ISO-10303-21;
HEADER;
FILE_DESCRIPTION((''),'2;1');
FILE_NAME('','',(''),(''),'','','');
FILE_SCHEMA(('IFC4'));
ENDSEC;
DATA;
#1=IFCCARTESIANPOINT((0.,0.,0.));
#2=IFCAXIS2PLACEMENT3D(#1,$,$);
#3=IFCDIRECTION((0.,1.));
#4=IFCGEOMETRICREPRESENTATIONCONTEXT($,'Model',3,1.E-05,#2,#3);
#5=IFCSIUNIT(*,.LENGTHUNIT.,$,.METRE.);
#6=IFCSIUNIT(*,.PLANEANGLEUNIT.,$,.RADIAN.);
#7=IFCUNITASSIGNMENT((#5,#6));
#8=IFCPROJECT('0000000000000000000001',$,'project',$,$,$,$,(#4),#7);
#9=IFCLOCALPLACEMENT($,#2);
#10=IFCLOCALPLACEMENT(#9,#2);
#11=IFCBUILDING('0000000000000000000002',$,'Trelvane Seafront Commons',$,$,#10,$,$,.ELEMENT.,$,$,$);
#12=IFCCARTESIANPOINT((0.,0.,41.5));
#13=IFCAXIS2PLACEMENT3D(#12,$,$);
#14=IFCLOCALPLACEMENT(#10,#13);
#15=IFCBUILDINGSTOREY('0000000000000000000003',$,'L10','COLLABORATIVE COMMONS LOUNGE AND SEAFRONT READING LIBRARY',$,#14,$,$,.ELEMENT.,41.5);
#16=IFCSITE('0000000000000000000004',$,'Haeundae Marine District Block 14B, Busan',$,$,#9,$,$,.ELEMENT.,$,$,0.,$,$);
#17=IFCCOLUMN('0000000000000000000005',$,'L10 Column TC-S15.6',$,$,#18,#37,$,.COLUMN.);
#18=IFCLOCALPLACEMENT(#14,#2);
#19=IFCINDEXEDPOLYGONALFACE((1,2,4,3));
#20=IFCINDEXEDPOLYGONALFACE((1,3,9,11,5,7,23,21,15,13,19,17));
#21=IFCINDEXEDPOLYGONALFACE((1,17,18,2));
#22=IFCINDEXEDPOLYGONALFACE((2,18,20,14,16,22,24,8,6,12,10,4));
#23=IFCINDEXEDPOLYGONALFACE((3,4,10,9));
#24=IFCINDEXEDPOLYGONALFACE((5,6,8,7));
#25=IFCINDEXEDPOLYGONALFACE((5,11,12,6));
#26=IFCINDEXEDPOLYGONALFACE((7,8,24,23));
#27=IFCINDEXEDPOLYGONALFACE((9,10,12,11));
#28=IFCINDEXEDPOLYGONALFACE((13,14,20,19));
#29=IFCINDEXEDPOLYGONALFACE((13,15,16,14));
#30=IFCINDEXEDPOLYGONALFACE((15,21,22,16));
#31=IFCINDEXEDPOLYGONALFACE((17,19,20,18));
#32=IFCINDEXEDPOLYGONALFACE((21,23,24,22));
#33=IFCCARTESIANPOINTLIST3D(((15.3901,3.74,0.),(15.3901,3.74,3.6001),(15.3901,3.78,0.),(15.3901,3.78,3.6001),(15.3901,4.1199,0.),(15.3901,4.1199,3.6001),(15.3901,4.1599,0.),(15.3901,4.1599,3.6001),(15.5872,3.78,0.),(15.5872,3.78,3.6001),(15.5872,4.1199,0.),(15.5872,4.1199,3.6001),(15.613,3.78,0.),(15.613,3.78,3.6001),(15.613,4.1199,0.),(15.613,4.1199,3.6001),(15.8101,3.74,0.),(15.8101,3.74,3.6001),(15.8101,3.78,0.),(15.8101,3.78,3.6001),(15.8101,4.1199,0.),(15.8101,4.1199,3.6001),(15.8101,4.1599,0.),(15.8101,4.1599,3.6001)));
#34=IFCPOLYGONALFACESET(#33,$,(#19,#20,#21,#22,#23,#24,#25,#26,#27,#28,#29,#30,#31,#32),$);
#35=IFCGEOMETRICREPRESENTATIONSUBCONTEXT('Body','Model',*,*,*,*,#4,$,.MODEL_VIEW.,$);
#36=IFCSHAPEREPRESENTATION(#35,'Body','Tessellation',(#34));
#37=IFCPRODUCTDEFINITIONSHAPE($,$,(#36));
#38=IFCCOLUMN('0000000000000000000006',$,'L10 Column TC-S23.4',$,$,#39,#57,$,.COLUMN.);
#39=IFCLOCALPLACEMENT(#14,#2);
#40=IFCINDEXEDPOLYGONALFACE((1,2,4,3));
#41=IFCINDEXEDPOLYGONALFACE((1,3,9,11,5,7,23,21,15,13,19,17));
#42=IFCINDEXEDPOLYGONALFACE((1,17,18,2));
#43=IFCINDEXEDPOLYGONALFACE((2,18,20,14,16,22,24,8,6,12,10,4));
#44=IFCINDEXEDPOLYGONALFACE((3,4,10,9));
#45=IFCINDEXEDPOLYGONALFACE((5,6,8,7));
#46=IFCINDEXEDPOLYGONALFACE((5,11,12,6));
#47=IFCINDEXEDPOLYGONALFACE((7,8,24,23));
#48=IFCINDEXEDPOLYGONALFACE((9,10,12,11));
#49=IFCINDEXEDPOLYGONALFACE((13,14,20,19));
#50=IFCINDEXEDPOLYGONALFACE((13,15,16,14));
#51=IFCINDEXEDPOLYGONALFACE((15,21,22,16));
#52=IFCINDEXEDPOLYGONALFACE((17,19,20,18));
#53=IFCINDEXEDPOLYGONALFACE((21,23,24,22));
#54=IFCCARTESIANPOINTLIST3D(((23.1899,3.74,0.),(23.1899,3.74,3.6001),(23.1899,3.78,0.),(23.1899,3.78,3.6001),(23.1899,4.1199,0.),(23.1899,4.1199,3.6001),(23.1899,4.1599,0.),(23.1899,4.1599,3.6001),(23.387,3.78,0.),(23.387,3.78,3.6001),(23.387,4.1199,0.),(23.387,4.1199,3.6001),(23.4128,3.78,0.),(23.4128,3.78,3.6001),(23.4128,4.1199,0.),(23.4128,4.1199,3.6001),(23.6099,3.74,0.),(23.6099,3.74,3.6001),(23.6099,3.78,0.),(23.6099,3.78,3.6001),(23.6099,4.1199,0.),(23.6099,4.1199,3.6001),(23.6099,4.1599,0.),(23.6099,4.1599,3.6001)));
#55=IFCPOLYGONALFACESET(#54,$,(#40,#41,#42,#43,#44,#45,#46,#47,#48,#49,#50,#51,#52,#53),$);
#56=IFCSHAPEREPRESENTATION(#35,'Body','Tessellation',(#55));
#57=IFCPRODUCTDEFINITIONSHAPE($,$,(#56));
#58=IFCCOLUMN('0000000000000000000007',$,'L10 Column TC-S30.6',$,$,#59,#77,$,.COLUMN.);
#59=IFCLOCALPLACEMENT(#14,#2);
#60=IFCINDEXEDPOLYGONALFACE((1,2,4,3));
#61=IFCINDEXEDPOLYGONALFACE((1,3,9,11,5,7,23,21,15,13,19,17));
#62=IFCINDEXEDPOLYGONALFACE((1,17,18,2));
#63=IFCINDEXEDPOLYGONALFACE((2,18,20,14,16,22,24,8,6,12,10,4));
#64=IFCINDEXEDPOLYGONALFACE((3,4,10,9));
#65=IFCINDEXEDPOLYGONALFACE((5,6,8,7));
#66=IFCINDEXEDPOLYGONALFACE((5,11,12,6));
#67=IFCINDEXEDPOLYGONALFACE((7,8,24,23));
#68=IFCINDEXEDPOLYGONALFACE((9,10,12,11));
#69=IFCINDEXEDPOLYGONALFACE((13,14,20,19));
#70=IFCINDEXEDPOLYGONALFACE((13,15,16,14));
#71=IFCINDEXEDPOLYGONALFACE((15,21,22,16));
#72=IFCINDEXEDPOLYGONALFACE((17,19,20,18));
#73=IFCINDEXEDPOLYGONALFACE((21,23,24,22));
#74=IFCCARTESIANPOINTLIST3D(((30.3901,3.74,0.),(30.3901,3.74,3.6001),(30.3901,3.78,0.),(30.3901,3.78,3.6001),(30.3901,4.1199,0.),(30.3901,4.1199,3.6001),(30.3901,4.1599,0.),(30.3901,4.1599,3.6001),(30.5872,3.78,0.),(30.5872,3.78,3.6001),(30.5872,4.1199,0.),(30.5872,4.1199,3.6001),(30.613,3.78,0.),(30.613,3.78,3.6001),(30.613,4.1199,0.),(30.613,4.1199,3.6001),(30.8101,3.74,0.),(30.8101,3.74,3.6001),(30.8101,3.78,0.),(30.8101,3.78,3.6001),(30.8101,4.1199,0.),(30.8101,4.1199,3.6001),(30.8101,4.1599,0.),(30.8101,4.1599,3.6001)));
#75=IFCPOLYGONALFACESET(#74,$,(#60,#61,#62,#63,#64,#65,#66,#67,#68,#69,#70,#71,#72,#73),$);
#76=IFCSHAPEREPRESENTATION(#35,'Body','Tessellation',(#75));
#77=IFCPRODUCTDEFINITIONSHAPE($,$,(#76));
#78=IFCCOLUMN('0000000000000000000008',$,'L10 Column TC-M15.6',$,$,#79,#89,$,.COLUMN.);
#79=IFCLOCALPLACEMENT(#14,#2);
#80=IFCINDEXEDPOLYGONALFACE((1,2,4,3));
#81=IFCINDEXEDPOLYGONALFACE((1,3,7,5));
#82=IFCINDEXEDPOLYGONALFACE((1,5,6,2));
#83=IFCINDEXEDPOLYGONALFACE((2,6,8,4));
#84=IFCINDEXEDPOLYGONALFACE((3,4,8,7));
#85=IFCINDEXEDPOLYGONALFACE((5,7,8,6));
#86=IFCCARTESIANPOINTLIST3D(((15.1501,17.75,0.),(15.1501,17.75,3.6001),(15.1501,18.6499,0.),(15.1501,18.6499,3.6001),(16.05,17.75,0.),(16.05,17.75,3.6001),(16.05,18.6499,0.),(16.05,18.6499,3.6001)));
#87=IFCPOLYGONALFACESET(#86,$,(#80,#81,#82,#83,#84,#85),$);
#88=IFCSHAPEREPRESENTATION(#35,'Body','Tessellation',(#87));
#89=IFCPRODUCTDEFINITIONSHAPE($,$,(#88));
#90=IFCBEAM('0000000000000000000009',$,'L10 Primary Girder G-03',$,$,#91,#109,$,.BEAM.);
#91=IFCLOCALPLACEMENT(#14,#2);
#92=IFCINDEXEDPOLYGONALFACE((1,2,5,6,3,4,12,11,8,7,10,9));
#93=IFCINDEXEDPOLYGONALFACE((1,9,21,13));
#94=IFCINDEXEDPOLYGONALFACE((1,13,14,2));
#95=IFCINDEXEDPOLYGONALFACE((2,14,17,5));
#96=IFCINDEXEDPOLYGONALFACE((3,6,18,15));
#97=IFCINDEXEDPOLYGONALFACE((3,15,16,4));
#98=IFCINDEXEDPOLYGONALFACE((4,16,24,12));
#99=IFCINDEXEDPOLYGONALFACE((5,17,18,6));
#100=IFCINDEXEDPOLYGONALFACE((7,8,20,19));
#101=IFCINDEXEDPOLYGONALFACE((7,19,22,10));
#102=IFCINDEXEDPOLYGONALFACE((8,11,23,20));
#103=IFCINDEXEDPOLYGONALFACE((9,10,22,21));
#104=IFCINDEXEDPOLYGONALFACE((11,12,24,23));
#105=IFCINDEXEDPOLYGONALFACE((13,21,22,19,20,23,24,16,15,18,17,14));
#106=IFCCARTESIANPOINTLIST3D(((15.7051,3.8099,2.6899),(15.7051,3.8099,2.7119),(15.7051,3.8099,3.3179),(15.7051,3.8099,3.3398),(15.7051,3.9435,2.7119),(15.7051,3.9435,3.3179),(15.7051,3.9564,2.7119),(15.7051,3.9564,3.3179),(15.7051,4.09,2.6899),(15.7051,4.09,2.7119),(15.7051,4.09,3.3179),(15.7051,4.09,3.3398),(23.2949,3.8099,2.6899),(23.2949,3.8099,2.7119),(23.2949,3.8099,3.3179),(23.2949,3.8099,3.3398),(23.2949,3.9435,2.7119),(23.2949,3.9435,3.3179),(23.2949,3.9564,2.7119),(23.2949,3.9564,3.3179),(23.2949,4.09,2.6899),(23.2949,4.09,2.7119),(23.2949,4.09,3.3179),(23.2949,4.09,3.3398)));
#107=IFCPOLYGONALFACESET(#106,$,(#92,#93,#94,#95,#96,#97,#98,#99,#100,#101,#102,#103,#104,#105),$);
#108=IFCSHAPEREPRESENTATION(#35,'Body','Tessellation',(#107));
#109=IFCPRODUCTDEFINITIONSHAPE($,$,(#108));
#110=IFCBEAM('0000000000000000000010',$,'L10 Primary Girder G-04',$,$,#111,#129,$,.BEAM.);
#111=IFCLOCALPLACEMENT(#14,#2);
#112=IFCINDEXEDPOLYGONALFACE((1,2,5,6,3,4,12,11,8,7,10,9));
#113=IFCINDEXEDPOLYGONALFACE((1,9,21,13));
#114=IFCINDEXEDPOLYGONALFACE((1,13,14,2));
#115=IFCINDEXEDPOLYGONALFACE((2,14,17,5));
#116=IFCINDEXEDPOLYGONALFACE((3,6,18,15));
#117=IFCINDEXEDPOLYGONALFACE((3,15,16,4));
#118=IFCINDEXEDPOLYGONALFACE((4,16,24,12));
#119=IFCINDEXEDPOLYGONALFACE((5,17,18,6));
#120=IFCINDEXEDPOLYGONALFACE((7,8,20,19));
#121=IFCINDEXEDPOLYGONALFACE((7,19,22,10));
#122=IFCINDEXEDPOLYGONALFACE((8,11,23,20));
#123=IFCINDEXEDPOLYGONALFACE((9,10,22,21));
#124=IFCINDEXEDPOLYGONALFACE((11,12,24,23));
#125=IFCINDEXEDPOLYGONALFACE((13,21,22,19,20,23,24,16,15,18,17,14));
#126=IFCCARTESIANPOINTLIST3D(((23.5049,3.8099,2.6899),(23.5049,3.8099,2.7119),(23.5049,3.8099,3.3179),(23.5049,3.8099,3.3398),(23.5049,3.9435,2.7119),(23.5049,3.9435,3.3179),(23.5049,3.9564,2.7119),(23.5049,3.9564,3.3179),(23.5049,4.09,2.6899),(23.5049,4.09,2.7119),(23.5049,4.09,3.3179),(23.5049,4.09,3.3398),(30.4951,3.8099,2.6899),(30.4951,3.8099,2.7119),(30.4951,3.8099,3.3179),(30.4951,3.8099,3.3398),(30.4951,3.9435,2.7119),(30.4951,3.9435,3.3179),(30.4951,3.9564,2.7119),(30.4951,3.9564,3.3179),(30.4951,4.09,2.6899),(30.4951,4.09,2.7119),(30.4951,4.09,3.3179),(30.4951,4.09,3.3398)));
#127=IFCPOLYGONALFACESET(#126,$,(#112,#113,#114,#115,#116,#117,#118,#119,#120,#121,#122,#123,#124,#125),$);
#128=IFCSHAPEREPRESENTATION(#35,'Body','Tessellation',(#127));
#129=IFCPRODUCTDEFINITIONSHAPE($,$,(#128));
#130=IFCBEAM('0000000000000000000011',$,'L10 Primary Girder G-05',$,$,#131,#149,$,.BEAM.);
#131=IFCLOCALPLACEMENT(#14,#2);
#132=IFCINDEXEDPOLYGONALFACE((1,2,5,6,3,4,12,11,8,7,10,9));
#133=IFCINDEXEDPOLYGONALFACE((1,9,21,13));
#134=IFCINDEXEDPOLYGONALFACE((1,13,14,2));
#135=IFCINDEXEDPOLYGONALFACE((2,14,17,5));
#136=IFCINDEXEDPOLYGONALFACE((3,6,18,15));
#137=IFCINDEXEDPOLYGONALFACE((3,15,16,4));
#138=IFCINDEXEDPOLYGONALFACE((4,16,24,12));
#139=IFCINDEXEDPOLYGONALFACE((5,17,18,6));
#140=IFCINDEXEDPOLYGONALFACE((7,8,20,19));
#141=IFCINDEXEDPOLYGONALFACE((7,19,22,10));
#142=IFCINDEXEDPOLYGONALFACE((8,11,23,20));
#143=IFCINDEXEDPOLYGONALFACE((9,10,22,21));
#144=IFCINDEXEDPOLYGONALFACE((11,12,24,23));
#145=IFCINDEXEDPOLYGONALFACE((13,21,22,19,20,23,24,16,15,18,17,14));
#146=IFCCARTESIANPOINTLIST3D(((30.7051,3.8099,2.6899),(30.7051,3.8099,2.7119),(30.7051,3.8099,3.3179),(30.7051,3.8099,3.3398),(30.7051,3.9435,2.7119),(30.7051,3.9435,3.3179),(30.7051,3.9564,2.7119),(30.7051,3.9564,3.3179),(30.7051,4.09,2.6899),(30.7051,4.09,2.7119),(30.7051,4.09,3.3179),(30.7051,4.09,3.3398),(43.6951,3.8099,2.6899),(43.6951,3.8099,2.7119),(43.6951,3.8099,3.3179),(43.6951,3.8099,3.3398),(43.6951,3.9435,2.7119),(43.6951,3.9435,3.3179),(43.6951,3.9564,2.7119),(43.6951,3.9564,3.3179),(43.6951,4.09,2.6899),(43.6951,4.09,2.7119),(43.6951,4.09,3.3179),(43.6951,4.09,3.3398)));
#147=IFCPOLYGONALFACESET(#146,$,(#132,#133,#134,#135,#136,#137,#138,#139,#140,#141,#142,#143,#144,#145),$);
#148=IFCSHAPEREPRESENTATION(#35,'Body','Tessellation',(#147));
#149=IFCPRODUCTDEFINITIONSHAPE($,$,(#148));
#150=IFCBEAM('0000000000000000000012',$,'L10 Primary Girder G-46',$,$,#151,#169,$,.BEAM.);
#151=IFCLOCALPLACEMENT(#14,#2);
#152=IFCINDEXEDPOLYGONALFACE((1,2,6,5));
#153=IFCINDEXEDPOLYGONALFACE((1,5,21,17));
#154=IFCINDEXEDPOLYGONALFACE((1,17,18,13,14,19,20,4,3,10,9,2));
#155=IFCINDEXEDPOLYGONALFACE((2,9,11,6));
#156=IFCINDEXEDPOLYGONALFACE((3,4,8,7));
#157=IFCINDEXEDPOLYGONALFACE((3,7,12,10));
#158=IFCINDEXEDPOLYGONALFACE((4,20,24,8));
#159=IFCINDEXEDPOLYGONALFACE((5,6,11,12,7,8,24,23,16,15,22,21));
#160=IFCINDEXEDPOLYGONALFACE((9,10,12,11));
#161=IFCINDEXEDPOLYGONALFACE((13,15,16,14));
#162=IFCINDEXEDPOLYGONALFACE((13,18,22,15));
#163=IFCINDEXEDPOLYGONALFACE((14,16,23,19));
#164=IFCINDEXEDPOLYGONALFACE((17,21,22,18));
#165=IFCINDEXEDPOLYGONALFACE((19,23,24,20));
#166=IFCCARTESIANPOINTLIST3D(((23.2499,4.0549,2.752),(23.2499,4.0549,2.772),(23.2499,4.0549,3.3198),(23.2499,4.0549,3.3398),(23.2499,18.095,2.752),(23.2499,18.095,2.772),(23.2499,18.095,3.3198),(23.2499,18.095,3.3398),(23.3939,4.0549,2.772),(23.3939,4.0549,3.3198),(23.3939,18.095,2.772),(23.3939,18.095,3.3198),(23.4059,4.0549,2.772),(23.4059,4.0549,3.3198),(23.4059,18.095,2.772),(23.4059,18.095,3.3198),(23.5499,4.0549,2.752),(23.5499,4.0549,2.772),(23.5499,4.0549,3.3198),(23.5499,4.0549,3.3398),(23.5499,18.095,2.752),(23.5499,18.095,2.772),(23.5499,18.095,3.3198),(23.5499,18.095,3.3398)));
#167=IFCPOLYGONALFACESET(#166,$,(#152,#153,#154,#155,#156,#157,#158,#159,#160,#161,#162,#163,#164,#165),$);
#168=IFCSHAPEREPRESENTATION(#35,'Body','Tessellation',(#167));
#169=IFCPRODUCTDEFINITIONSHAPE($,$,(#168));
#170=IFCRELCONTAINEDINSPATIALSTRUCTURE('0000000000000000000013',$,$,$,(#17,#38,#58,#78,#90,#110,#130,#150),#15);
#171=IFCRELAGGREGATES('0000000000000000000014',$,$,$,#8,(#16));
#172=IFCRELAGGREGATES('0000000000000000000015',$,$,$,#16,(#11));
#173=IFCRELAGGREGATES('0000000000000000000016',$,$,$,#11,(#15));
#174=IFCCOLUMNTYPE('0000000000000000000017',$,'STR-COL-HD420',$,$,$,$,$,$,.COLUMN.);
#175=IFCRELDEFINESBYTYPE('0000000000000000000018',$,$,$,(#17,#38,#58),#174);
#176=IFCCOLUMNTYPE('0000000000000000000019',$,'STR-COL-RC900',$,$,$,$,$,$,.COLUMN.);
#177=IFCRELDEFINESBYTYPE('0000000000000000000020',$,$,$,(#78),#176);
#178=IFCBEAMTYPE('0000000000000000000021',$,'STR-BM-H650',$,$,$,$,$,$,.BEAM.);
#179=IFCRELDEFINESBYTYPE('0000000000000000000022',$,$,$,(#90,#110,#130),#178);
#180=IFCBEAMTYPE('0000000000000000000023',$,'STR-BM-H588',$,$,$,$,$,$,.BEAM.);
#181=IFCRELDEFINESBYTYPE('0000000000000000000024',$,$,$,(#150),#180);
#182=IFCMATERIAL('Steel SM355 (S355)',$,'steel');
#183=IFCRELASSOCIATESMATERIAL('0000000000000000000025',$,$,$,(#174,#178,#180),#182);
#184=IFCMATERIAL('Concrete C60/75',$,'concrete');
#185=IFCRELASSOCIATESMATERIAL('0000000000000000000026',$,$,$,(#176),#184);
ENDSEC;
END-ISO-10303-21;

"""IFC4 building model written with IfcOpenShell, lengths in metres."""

from ifc_helpers import new_model, si_unit, direction, frame, origin, origin_2d, place, context, subcontext, project, spatial, rectangle, i_section, extrude, source, transform, mapped, material, material_profile, profile_set, type_object, element, save


model = new_model("IFC4")

# Units and contexts
model_context = context("Model", 3, precision=1e-05, world=origin(), true_north=direction((0.0, 1.0)))
body_context = subcontext(model_context, "Body", "Model", "MODEL_VIEW")
ifc_project = project(units=[si_unit("LENGTHUNIT", "METRE"), si_unit("PLANEANGLEUNIT", "RADIAN")], contexts=[model_context])

# Site, building, storey
site_placement = place(None, origin())
site = spatial("IfcSite", under=ifc_project, at=site_placement, Name="Haeundae Marine District Block 14B, Busan", CompositionType="ELEMENT", RefElevation=0.0)
building_placement = place(site_placement, origin())
building = spatial("IfcBuilding", under=site, at=building_placement, Name="Trelvane Seafront Commons", CompositionType="ELEMENT")
storey_placement = place(building_placement, frame((0.0, 0.0, 41.5)))
storey = spatial("IfcBuildingStorey", under=building, at=storey_placement, Name="L10", Description="COLLABORATIVE COMMONS LOUNGE AND SEAFRONT READING LIBRARY", CompositionType="ELEMENT", Elevation=41.5)

# Columns
ifc_material_1 = material(Name="Steel SM355 (S355)", Category="steel")
ifc_material_profile_1 = material_profile(ifc_material_1, i_section(OverallWidth=0.4199, OverallDepth=0.4199, WebThickness=0.0259, FlangeThickness=0.04, at=origin_2d()), Name="HD-420x420x26x40")
ifc_profile_set_1 = profile_set([ifc_material_profile_1], Name="Steel SM355 (S355)")
column_type_1 = type_object("IfcColumnType", Name="STR-COL-HD420", PredefinedType="COLUMN", material=ifc_profile_set_1)
shared_shape_1 = source(origin(), body_context, "Body", "SweptSolid", [
    extrude(i_section(OverallWidth=0.4199, OverallDepth=0.4199, WebThickness=0.0259, FlangeThickness=0.04, at=origin_2d()), origin(), (0.0, 0.0, 1.0), 3.6001),
])
for number, where, z_axis, x_axis, name in (
    (1, (15.6001, 3.95, 0.0), (0.0, 0.0, 1.0), (1.0, 0.0, 0.0), "L10 Column TC-S15.6"),
    (2, (23.3999, 3.95, 0.0), (0.0, 0.0, 1.0), (1.0, 0.0, 0.0), "L10 Column TC-S23.4"),
    (3, (30.6001, 3.95, 0.0), (0.0, 0.0, 1.0), (1.0, 0.0, 0.0), "L10 Column TC-S30.6"),
):
    element("IfcColumn", number, at=place(storey_placement, frame(where, z_axis=z_axis, x_axis=x_axis)), inside=storey, type_object=column_type_1, Name=name, PredefinedType="COLUMN", context=body_context, shape_type="MappedRepresentation", body=[
        mapped(shared_shape_1, transform((0.0, 0.0, 0.0), x_axis=(1.0, 0.0, 0.0), y_axis=(0.0, 1.0, 0.0), z_axis=(0.0, 0.0, 1.0), scale=1.0)),
    ])
ifc_material_2 = material(Name="Concrete C60/75", Category="concrete")
ifc_material_profile_2 = material_profile(ifc_material_2, rectangle(XDim=0.8999, YDim=0.8999, at=origin_2d()), Name="RC-900x900")
ifc_profile_set_2 = profile_set([ifc_material_profile_2], Name="Concrete C60/75")
column_type_2 = type_object("IfcColumnType", Name="STR-COL-RC900", PredefinedType="COLUMN", material=ifc_profile_set_2)
shared_shape_2 = source(origin(), body_context, "Body", "SweptSolid", [
    extrude(rectangle(XDim=0.8999, YDim=0.8999, at=origin_2d()), origin(), (0.0, 0.0, 1.0), 3.6001),
])
column_placement = place(storey_placement, frame((15.6001, 18.2, 0.0), z_axis=(0.0, 0.0, 1.0), x_axis=(1.0, 0.0, 0.0)))
element("IfcColumn", 4, at=column_placement, inside=storey, type_object=column_type_2, Name="L10 Column TC-M15.6", PredefinedType="COLUMN", context=body_context, shape_type="MappedRepresentation", body=[
    mapped(shared_shape_2, transform((0.0, 0.0, 0.0), x_axis=(1.0, 0.0, 0.0), y_axis=(0.0, 1.0, 0.0), z_axis=(0.0, 0.0, 1.0), scale=1.0)),
])

# Beams
ifc_material_profile_3 = material_profile(ifc_material_1, i_section(OverallWidth=0.28, OverallDepth=0.6499, WebThickness=0.0129, FlangeThickness=0.022, at=origin_2d()), Name="H-650x280x13x22")
ifc_profile_set_3 = profile_set([ifc_material_profile_3], Name="Steel SM355 (S355)")
beam_type_1 = type_object("IfcBeamType", Name="STR-BM-H650", PredefinedType="BEAM", material=ifc_profile_set_3)
shared_shape_3 = source(origin(), body_context, "Body", "SweptSolid", [
    extrude(i_section(OverallWidth=0.28, OverallDepth=0.6499, WebThickness=0.0129, FlangeThickness=0.022, at=origin_2d()), origin(), (0.0, 0.0, 1.0), 7.5898),
])
beam_1_placement = place(storey_placement, frame((15.7051, 3.95, 3.0149), z_axis=(1.0, 0.0, 0.0), x_axis=(0.0, 1.0, 0.0)))
element("IfcBeam", 5, at=beam_1_placement, inside=storey, type_object=beam_type_1, Name="L10 Primary Girder G-03", PredefinedType="BEAM", context=body_context, shape_type="MappedRepresentation", body=[
    mapped(shared_shape_3, transform((0.0, 0.0, 0.0), x_axis=(1.0, 0.0, 0.0), y_axis=(0.0, 1.0, 0.0), z_axis=(0.0, 0.0, 1.0), scale=1.0)),
])
shared_shape_4 = source(origin(), body_context, "Body", "SweptSolid", [
    extrude(i_section(OverallWidth=0.28, OverallDepth=0.6499, WebThickness=0.0129, FlangeThickness=0.022, at=origin_2d()), origin(), (0.0, 0.0, 1.0), 6.9902),
])
beam_2_placement = place(storey_placement, frame((23.5049, 3.95, 3.0149), z_axis=(1.0, 0.0, 0.0), x_axis=(0.0, 1.0, 0.0)))
element("IfcBeam", 6, at=beam_2_placement, inside=storey, type_object=beam_type_1, Name="L10 Primary Girder G-04", PredefinedType="BEAM", context=body_context, shape_type="MappedRepresentation", body=[
    mapped(shared_shape_4, transform((0.0, 0.0, 0.0), x_axis=(1.0, 0.0, 0.0), y_axis=(0.0, 1.0, 0.0), z_axis=(0.0, 0.0, 1.0), scale=1.0)),
])
shared_shape_5 = source(origin(), body_context, "Body", "SweptSolid", [
    extrude(i_section(OverallWidth=0.28, OverallDepth=0.6499, WebThickness=0.0129, FlangeThickness=0.022, at=origin_2d()), origin(), (0.0, 0.0, 1.0), 12.99),
])
beam_3_placement = place(storey_placement, frame((30.7051, 3.95, 3.0149), z_axis=(1.0, 0.0, 0.0), x_axis=(0.0, 1.0, 0.0)))
element("IfcBeam", 7, at=beam_3_placement, inside=storey, type_object=beam_type_1, Name="L10 Primary Girder G-05", PredefinedType="BEAM", context=body_context, shape_type="MappedRepresentation", body=[
    mapped(shared_shape_5, transform((0.0, 0.0, 0.0), x_axis=(1.0, 0.0, 0.0), y_axis=(0.0, 1.0, 0.0), z_axis=(0.0, 0.0, 1.0), scale=1.0)),
])
ifc_material_profile_4 = material_profile(ifc_material_1, i_section(OverallWidth=0.3, OverallDepth=0.5879, WebThickness=0.012, FlangeThickness=0.02, at=origin_2d()), Name="H-588x300x12x20")
ifc_profile_set_4 = profile_set([ifc_material_profile_4], Name="Steel SM355 (S355)")
beam_type_2 = type_object("IfcBeamType", Name="STR-BM-H588", PredefinedType="BEAM", material=ifc_profile_set_4)
shared_shape_6 = source(origin(), body_context, "Body", "SweptSolid", [
    extrude(i_section(OverallWidth=0.3, OverallDepth=0.5879, WebThickness=0.012, FlangeThickness=0.02, at=origin_2d()), origin(), (0.0, 0.0, 1.0), 14.04),
])
beam_4_placement = place(storey_placement, frame((23.3999, 4.0549, 3.0459), z_axis=(0.0, 1.0, 0.0), x_axis=(-1.0, 0.0, 0.0)))
element("IfcBeam", 8, at=beam_4_placement, inside=storey, type_object=beam_type_2, Name="L10 Primary Girder G-46", PredefinedType="BEAM", context=body_context, shape_type="MappedRepresentation", body=[
    mapped(shared_shape_6, transform((0.0, 0.0, 0.0), x_axis=(1.0, 0.0, 0.0), y_axis=(0.0, 1.0, 0.0), z_axis=(0.0, 0.0, 1.0), scale=1.0)),
])

save(model, "model.ifc")
